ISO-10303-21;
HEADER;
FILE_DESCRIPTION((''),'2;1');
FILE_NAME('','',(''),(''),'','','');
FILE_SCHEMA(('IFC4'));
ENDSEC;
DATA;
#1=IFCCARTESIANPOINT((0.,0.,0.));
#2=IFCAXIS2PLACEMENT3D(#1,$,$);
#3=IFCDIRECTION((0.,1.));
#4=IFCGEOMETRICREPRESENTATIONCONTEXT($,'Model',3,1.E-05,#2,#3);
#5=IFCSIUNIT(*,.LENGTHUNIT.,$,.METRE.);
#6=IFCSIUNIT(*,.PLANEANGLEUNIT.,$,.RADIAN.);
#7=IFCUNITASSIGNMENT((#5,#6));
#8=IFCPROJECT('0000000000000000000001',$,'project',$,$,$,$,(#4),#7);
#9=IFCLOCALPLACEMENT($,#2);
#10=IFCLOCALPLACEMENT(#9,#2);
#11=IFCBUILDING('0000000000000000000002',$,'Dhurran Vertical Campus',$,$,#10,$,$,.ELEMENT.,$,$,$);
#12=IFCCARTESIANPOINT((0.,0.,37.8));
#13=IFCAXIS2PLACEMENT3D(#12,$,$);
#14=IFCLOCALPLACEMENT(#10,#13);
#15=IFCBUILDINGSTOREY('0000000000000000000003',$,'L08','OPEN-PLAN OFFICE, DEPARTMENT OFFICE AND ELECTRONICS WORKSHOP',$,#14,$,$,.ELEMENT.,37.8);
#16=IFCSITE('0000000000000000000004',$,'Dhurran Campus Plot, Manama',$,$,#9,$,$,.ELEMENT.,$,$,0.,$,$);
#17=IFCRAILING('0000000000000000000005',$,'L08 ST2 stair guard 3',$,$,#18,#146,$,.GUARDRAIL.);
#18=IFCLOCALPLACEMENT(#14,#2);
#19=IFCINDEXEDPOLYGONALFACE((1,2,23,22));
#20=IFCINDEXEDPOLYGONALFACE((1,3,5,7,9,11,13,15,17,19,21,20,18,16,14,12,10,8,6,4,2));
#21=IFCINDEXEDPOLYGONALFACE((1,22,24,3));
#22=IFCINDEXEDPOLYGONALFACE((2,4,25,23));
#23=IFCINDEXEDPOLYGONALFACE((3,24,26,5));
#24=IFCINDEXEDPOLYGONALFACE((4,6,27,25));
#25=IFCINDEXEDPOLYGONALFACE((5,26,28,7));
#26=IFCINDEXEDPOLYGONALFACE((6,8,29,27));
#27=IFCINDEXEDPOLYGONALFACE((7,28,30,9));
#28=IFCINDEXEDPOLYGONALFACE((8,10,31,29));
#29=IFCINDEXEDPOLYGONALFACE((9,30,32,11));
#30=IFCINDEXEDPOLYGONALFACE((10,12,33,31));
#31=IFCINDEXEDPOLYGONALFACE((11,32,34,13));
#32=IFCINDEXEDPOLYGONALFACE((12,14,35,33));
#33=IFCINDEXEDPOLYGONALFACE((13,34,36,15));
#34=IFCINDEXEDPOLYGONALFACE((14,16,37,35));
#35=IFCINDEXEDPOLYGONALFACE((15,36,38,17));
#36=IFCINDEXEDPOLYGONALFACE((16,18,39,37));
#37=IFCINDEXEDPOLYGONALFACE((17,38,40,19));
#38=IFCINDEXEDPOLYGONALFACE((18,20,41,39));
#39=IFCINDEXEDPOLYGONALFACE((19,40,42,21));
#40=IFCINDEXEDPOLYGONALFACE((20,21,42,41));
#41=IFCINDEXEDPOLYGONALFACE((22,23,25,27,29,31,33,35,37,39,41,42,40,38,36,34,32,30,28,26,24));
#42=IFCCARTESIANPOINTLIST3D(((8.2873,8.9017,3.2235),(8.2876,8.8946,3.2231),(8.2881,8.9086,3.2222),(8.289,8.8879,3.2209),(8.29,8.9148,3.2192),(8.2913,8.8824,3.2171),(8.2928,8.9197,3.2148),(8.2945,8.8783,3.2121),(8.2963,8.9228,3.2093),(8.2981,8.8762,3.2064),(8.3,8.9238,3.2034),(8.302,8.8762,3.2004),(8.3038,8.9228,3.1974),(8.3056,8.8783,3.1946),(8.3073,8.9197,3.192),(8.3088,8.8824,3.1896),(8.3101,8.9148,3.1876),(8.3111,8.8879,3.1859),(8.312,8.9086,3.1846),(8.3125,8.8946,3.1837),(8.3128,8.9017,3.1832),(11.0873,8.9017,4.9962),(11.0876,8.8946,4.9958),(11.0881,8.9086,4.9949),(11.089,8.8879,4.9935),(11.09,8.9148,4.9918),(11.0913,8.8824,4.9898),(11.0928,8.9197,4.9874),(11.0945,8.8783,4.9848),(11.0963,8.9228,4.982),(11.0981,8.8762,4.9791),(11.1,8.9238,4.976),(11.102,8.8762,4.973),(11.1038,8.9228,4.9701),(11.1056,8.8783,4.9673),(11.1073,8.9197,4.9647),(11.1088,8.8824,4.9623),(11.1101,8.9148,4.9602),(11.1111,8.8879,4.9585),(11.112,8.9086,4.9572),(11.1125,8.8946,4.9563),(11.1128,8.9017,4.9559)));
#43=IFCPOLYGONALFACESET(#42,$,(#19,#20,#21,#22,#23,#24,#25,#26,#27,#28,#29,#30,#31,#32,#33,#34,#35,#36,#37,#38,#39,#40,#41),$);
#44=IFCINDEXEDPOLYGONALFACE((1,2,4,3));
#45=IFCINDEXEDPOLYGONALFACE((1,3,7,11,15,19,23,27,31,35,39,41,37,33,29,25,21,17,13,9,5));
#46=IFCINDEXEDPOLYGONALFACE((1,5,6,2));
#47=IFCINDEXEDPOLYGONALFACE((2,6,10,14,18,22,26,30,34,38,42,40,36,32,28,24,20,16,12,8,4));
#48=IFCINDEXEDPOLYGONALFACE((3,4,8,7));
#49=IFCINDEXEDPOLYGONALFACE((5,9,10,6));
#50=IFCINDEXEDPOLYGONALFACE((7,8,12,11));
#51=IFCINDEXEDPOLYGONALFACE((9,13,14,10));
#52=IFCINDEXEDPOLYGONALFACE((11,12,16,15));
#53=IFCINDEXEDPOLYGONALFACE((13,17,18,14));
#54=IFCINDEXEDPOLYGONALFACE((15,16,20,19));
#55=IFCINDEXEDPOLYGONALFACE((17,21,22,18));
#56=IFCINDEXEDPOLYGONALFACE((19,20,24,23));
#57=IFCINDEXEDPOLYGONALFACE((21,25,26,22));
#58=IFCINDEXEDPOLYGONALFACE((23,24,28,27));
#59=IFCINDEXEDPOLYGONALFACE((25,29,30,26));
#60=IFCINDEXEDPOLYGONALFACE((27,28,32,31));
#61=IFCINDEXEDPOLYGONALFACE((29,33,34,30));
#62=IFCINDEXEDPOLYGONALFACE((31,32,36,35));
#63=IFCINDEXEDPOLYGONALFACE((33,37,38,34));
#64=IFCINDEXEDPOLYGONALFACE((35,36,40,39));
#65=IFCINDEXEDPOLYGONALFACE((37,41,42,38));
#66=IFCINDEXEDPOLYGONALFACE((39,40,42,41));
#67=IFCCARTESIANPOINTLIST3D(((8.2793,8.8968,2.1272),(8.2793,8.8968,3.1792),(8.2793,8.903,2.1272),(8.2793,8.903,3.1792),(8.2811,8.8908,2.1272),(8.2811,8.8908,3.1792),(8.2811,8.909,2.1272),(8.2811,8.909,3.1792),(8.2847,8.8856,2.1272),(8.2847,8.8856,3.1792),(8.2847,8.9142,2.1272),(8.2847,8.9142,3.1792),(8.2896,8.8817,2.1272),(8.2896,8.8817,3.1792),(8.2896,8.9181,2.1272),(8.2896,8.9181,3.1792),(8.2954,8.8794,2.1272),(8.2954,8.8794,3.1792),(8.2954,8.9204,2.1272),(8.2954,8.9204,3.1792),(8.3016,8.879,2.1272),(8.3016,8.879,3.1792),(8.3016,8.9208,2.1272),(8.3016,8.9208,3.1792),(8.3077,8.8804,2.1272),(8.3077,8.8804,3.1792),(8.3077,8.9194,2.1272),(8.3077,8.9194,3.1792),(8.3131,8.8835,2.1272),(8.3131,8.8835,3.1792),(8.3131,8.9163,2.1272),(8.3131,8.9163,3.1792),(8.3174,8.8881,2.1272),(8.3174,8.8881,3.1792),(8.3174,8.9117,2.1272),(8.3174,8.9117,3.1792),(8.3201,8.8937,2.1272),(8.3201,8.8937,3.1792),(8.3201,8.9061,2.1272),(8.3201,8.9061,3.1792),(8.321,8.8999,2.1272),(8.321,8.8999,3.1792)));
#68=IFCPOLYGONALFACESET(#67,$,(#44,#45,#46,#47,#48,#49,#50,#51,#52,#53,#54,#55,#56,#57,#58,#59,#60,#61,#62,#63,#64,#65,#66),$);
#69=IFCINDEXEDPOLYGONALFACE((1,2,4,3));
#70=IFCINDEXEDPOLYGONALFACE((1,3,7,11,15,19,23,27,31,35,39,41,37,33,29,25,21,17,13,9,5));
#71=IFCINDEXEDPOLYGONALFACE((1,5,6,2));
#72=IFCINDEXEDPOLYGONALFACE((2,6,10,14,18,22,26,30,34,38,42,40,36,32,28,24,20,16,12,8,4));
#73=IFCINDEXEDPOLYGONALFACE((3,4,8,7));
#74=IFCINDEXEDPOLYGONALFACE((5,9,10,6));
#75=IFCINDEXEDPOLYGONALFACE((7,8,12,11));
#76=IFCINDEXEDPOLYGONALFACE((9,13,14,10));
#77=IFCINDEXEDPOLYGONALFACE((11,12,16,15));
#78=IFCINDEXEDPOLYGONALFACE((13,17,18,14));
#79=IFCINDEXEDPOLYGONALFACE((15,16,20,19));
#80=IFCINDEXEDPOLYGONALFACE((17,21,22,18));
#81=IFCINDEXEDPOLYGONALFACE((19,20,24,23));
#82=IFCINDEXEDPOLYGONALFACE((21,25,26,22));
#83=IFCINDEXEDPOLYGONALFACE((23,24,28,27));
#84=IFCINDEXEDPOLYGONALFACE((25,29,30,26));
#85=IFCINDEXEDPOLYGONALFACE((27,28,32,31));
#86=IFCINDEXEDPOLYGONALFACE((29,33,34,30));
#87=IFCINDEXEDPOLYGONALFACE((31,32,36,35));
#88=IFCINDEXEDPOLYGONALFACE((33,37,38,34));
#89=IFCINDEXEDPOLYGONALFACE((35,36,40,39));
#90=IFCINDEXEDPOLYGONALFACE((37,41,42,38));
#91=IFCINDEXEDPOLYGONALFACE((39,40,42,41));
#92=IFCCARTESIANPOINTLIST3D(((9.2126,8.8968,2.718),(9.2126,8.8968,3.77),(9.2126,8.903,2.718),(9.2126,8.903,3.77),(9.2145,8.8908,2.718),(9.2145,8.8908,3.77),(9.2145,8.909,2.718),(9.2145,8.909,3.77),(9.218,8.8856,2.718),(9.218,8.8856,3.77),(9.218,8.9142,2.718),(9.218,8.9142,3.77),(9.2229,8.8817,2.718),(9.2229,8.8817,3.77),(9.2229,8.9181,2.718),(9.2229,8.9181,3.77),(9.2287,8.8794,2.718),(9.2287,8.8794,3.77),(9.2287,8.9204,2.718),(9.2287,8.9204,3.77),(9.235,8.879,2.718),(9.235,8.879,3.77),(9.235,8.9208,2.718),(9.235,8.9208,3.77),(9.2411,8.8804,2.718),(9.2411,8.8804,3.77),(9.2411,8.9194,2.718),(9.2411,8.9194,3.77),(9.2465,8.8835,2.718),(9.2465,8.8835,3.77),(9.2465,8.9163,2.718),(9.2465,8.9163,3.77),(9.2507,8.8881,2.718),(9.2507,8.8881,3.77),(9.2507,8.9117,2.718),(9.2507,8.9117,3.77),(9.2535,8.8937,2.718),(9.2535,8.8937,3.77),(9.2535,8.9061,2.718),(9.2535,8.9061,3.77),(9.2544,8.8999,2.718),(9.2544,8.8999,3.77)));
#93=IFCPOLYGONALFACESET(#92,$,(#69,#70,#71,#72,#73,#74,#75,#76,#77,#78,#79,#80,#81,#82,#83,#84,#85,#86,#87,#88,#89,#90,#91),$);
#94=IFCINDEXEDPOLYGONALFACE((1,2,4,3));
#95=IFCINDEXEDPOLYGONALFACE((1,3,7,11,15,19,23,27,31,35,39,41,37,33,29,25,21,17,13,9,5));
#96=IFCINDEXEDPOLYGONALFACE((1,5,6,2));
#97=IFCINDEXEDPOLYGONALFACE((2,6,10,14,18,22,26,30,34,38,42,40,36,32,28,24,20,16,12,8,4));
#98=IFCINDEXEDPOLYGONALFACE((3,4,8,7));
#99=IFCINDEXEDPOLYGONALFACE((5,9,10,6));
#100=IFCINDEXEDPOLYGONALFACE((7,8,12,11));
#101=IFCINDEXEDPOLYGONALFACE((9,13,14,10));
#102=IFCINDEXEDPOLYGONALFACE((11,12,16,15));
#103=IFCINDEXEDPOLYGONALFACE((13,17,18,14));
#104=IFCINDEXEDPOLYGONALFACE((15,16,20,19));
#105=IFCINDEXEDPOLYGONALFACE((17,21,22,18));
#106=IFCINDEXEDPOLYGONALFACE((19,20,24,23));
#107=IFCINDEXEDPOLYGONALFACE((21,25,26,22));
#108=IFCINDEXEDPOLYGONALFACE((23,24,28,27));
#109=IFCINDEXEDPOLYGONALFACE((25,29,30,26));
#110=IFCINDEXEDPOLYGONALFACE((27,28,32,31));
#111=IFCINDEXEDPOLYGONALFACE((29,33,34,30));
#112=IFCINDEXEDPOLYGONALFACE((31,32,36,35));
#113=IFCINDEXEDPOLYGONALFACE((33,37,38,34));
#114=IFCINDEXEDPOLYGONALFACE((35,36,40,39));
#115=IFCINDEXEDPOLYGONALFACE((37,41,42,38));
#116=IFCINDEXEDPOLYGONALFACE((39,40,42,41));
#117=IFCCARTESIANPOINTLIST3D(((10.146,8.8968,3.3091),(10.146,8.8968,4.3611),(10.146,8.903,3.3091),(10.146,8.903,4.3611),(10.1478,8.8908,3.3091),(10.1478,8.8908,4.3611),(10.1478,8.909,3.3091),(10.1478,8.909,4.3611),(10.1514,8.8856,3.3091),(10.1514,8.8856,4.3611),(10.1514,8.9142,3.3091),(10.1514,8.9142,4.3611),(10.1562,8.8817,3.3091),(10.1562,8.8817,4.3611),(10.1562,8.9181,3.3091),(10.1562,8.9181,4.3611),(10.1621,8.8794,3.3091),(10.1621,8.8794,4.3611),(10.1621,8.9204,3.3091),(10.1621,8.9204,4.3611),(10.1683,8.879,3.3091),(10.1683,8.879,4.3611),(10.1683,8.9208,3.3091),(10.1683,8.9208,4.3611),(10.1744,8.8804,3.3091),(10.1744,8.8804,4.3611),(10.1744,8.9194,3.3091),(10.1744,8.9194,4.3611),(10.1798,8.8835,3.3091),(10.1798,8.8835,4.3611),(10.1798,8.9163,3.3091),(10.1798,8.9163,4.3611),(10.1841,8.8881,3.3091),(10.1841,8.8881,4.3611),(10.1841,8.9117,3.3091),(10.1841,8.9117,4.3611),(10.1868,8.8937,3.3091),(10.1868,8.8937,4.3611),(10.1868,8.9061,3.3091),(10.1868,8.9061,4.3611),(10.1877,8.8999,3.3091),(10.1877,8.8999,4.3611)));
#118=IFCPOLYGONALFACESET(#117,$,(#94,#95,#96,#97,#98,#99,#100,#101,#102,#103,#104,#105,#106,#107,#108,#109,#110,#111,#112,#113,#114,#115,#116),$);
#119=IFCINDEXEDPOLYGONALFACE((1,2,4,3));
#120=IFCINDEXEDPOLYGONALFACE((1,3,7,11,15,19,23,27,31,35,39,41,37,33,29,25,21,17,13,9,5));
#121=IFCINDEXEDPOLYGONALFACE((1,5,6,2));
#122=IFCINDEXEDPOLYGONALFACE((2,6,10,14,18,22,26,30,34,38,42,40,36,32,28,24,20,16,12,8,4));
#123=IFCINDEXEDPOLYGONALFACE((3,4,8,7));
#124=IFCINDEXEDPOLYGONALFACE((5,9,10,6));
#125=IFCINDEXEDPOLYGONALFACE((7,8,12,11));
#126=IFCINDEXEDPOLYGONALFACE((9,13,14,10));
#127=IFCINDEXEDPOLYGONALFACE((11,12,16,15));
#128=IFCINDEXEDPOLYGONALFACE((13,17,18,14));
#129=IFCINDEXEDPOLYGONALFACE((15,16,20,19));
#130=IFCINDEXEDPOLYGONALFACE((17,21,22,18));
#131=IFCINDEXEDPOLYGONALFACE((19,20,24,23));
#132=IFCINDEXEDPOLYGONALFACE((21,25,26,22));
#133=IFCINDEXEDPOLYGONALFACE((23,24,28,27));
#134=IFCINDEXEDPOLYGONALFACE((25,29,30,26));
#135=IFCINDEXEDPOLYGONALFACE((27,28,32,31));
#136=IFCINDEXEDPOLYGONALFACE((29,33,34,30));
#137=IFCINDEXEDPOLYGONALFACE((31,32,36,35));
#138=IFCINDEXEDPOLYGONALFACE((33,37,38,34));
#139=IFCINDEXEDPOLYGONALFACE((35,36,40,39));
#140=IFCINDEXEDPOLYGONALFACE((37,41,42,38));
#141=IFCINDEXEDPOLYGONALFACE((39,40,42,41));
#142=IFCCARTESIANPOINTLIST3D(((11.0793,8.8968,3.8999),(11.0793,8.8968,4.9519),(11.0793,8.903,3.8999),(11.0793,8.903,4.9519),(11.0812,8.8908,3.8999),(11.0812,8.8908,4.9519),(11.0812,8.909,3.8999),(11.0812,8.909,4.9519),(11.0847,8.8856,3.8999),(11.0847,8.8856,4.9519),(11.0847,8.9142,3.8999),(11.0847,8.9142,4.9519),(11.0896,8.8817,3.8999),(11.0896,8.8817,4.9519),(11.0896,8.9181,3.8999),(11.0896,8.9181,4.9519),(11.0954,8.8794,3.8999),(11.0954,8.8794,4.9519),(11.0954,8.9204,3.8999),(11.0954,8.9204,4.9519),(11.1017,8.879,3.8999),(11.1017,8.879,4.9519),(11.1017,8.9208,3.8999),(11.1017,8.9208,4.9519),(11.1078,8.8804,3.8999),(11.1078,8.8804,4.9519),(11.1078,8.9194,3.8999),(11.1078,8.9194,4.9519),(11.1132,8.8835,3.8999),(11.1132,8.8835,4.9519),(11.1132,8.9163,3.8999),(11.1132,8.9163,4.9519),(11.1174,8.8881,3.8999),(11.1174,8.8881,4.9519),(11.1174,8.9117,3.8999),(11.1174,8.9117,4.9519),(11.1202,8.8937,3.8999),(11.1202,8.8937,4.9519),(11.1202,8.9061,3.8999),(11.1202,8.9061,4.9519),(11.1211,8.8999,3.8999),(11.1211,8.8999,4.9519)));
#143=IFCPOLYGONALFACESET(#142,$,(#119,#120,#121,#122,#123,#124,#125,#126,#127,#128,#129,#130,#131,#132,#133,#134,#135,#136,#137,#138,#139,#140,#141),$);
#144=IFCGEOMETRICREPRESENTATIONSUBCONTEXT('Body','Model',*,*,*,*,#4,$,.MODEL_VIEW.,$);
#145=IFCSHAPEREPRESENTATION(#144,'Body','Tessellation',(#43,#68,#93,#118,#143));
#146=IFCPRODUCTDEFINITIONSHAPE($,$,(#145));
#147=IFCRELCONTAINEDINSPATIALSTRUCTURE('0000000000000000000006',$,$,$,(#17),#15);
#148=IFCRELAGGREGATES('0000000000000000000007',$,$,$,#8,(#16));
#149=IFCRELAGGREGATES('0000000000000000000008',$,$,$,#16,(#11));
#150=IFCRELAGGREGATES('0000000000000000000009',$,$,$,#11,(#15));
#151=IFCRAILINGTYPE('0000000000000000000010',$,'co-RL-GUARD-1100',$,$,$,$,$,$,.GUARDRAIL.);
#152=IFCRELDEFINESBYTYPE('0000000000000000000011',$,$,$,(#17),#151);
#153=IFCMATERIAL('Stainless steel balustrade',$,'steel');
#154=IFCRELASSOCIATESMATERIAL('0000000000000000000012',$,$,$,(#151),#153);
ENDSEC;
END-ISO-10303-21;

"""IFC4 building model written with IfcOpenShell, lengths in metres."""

from ifc_helpers import new_model, si_unit, direction, frame, origin, origin_2d, place, context, subcontext, project, spatial, circle, extrude, material, type_object, element, save


model = new_model("IFC4")

# Units and contexts
model_context = context("Model", 3, precision=1e-05, world=origin(), true_north=direction((0.0, 1.0)))
body_context = subcontext(model_context, "Body", "Model", "MODEL_VIEW")
ifc_project = project(units=[si_unit("LENGTHUNIT", "METRE"), si_unit("PLANEANGLEUNIT", "RADIAN")], contexts=[model_context])

# Site, building, storey
site_placement = place(None, origin())
site = spatial("IfcSite", under=ifc_project, at=site_placement, Name="Dhurran Campus Plot, Manama", CompositionType="ELEMENT", RefElevation=0.0)
building_placement = place(site_placement, origin())
building = spatial("IfcBuilding", under=site, at=building_placement, Name="Dhurran Vertical Campus", CompositionType="ELEMENT")
storey_placement = place(building_placement, frame((0.0, 0.0, 37.8)))
storey = spatial("IfcBuildingStorey", under=building, at=storey_placement, Name="L08", Description="OPEN-PLAN OFFICE, DEPARTMENT OFFICE AND ELECTRONICS WORKSHOP", CompositionType="ELEMENT", Elevation=37.8)

# Railing
ifc_material_1 = material(Name="Stainless steel balustrade", Category="steel")
railing_type_1 = type_object("IfcRailingType", Name="co-RL-GUARD-1100", PredefinedType="GUARDRAIL", material=ifc_material_1)
railing_1_placement = place(storey_placement, frame((8.3, 8.8999, 2.1272)))
element("IfcRailing", 1, at=railing_1_placement, inside=storey, type_object=railing_type_1, Name="L08 ST2 stair guard 3", PredefinedType="GUARDRAIL", context=body_context, shape_type="SweptSolid", body=[
    extrude(circle(Radius=0.0239, at=origin_2d()), frame((0.0, 0.0, 1.0762), z_axis=(0.844909, 0.0, 0.53491), x_axis=(0.0, 1.0, 0.0)), (0.0, 0.0, 1.0), 3.314),
    extrude(circle(Radius=0.021, at=origin_2d()), origin(), (0.0, 0.0, 1.0), 1.052),
    extrude(circle(Radius=0.021, at=origin_2d()), frame((0.9333, 0.0, 0.5908)), (0.0, 0.0, 1.0), 1.052),
    extrude(circle(Radius=0.021, at=origin_2d()), frame((1.8667, 0.0, 1.1819)), (0.0, 0.0, 1.0), 1.052),
    extrude(circle(Radius=0.021, at=origin_2d()), frame((2.8, 0.0, 1.7727)), (0.0, 0.0, 1.0), 1.052),
])

save(model, "model.ifc")
